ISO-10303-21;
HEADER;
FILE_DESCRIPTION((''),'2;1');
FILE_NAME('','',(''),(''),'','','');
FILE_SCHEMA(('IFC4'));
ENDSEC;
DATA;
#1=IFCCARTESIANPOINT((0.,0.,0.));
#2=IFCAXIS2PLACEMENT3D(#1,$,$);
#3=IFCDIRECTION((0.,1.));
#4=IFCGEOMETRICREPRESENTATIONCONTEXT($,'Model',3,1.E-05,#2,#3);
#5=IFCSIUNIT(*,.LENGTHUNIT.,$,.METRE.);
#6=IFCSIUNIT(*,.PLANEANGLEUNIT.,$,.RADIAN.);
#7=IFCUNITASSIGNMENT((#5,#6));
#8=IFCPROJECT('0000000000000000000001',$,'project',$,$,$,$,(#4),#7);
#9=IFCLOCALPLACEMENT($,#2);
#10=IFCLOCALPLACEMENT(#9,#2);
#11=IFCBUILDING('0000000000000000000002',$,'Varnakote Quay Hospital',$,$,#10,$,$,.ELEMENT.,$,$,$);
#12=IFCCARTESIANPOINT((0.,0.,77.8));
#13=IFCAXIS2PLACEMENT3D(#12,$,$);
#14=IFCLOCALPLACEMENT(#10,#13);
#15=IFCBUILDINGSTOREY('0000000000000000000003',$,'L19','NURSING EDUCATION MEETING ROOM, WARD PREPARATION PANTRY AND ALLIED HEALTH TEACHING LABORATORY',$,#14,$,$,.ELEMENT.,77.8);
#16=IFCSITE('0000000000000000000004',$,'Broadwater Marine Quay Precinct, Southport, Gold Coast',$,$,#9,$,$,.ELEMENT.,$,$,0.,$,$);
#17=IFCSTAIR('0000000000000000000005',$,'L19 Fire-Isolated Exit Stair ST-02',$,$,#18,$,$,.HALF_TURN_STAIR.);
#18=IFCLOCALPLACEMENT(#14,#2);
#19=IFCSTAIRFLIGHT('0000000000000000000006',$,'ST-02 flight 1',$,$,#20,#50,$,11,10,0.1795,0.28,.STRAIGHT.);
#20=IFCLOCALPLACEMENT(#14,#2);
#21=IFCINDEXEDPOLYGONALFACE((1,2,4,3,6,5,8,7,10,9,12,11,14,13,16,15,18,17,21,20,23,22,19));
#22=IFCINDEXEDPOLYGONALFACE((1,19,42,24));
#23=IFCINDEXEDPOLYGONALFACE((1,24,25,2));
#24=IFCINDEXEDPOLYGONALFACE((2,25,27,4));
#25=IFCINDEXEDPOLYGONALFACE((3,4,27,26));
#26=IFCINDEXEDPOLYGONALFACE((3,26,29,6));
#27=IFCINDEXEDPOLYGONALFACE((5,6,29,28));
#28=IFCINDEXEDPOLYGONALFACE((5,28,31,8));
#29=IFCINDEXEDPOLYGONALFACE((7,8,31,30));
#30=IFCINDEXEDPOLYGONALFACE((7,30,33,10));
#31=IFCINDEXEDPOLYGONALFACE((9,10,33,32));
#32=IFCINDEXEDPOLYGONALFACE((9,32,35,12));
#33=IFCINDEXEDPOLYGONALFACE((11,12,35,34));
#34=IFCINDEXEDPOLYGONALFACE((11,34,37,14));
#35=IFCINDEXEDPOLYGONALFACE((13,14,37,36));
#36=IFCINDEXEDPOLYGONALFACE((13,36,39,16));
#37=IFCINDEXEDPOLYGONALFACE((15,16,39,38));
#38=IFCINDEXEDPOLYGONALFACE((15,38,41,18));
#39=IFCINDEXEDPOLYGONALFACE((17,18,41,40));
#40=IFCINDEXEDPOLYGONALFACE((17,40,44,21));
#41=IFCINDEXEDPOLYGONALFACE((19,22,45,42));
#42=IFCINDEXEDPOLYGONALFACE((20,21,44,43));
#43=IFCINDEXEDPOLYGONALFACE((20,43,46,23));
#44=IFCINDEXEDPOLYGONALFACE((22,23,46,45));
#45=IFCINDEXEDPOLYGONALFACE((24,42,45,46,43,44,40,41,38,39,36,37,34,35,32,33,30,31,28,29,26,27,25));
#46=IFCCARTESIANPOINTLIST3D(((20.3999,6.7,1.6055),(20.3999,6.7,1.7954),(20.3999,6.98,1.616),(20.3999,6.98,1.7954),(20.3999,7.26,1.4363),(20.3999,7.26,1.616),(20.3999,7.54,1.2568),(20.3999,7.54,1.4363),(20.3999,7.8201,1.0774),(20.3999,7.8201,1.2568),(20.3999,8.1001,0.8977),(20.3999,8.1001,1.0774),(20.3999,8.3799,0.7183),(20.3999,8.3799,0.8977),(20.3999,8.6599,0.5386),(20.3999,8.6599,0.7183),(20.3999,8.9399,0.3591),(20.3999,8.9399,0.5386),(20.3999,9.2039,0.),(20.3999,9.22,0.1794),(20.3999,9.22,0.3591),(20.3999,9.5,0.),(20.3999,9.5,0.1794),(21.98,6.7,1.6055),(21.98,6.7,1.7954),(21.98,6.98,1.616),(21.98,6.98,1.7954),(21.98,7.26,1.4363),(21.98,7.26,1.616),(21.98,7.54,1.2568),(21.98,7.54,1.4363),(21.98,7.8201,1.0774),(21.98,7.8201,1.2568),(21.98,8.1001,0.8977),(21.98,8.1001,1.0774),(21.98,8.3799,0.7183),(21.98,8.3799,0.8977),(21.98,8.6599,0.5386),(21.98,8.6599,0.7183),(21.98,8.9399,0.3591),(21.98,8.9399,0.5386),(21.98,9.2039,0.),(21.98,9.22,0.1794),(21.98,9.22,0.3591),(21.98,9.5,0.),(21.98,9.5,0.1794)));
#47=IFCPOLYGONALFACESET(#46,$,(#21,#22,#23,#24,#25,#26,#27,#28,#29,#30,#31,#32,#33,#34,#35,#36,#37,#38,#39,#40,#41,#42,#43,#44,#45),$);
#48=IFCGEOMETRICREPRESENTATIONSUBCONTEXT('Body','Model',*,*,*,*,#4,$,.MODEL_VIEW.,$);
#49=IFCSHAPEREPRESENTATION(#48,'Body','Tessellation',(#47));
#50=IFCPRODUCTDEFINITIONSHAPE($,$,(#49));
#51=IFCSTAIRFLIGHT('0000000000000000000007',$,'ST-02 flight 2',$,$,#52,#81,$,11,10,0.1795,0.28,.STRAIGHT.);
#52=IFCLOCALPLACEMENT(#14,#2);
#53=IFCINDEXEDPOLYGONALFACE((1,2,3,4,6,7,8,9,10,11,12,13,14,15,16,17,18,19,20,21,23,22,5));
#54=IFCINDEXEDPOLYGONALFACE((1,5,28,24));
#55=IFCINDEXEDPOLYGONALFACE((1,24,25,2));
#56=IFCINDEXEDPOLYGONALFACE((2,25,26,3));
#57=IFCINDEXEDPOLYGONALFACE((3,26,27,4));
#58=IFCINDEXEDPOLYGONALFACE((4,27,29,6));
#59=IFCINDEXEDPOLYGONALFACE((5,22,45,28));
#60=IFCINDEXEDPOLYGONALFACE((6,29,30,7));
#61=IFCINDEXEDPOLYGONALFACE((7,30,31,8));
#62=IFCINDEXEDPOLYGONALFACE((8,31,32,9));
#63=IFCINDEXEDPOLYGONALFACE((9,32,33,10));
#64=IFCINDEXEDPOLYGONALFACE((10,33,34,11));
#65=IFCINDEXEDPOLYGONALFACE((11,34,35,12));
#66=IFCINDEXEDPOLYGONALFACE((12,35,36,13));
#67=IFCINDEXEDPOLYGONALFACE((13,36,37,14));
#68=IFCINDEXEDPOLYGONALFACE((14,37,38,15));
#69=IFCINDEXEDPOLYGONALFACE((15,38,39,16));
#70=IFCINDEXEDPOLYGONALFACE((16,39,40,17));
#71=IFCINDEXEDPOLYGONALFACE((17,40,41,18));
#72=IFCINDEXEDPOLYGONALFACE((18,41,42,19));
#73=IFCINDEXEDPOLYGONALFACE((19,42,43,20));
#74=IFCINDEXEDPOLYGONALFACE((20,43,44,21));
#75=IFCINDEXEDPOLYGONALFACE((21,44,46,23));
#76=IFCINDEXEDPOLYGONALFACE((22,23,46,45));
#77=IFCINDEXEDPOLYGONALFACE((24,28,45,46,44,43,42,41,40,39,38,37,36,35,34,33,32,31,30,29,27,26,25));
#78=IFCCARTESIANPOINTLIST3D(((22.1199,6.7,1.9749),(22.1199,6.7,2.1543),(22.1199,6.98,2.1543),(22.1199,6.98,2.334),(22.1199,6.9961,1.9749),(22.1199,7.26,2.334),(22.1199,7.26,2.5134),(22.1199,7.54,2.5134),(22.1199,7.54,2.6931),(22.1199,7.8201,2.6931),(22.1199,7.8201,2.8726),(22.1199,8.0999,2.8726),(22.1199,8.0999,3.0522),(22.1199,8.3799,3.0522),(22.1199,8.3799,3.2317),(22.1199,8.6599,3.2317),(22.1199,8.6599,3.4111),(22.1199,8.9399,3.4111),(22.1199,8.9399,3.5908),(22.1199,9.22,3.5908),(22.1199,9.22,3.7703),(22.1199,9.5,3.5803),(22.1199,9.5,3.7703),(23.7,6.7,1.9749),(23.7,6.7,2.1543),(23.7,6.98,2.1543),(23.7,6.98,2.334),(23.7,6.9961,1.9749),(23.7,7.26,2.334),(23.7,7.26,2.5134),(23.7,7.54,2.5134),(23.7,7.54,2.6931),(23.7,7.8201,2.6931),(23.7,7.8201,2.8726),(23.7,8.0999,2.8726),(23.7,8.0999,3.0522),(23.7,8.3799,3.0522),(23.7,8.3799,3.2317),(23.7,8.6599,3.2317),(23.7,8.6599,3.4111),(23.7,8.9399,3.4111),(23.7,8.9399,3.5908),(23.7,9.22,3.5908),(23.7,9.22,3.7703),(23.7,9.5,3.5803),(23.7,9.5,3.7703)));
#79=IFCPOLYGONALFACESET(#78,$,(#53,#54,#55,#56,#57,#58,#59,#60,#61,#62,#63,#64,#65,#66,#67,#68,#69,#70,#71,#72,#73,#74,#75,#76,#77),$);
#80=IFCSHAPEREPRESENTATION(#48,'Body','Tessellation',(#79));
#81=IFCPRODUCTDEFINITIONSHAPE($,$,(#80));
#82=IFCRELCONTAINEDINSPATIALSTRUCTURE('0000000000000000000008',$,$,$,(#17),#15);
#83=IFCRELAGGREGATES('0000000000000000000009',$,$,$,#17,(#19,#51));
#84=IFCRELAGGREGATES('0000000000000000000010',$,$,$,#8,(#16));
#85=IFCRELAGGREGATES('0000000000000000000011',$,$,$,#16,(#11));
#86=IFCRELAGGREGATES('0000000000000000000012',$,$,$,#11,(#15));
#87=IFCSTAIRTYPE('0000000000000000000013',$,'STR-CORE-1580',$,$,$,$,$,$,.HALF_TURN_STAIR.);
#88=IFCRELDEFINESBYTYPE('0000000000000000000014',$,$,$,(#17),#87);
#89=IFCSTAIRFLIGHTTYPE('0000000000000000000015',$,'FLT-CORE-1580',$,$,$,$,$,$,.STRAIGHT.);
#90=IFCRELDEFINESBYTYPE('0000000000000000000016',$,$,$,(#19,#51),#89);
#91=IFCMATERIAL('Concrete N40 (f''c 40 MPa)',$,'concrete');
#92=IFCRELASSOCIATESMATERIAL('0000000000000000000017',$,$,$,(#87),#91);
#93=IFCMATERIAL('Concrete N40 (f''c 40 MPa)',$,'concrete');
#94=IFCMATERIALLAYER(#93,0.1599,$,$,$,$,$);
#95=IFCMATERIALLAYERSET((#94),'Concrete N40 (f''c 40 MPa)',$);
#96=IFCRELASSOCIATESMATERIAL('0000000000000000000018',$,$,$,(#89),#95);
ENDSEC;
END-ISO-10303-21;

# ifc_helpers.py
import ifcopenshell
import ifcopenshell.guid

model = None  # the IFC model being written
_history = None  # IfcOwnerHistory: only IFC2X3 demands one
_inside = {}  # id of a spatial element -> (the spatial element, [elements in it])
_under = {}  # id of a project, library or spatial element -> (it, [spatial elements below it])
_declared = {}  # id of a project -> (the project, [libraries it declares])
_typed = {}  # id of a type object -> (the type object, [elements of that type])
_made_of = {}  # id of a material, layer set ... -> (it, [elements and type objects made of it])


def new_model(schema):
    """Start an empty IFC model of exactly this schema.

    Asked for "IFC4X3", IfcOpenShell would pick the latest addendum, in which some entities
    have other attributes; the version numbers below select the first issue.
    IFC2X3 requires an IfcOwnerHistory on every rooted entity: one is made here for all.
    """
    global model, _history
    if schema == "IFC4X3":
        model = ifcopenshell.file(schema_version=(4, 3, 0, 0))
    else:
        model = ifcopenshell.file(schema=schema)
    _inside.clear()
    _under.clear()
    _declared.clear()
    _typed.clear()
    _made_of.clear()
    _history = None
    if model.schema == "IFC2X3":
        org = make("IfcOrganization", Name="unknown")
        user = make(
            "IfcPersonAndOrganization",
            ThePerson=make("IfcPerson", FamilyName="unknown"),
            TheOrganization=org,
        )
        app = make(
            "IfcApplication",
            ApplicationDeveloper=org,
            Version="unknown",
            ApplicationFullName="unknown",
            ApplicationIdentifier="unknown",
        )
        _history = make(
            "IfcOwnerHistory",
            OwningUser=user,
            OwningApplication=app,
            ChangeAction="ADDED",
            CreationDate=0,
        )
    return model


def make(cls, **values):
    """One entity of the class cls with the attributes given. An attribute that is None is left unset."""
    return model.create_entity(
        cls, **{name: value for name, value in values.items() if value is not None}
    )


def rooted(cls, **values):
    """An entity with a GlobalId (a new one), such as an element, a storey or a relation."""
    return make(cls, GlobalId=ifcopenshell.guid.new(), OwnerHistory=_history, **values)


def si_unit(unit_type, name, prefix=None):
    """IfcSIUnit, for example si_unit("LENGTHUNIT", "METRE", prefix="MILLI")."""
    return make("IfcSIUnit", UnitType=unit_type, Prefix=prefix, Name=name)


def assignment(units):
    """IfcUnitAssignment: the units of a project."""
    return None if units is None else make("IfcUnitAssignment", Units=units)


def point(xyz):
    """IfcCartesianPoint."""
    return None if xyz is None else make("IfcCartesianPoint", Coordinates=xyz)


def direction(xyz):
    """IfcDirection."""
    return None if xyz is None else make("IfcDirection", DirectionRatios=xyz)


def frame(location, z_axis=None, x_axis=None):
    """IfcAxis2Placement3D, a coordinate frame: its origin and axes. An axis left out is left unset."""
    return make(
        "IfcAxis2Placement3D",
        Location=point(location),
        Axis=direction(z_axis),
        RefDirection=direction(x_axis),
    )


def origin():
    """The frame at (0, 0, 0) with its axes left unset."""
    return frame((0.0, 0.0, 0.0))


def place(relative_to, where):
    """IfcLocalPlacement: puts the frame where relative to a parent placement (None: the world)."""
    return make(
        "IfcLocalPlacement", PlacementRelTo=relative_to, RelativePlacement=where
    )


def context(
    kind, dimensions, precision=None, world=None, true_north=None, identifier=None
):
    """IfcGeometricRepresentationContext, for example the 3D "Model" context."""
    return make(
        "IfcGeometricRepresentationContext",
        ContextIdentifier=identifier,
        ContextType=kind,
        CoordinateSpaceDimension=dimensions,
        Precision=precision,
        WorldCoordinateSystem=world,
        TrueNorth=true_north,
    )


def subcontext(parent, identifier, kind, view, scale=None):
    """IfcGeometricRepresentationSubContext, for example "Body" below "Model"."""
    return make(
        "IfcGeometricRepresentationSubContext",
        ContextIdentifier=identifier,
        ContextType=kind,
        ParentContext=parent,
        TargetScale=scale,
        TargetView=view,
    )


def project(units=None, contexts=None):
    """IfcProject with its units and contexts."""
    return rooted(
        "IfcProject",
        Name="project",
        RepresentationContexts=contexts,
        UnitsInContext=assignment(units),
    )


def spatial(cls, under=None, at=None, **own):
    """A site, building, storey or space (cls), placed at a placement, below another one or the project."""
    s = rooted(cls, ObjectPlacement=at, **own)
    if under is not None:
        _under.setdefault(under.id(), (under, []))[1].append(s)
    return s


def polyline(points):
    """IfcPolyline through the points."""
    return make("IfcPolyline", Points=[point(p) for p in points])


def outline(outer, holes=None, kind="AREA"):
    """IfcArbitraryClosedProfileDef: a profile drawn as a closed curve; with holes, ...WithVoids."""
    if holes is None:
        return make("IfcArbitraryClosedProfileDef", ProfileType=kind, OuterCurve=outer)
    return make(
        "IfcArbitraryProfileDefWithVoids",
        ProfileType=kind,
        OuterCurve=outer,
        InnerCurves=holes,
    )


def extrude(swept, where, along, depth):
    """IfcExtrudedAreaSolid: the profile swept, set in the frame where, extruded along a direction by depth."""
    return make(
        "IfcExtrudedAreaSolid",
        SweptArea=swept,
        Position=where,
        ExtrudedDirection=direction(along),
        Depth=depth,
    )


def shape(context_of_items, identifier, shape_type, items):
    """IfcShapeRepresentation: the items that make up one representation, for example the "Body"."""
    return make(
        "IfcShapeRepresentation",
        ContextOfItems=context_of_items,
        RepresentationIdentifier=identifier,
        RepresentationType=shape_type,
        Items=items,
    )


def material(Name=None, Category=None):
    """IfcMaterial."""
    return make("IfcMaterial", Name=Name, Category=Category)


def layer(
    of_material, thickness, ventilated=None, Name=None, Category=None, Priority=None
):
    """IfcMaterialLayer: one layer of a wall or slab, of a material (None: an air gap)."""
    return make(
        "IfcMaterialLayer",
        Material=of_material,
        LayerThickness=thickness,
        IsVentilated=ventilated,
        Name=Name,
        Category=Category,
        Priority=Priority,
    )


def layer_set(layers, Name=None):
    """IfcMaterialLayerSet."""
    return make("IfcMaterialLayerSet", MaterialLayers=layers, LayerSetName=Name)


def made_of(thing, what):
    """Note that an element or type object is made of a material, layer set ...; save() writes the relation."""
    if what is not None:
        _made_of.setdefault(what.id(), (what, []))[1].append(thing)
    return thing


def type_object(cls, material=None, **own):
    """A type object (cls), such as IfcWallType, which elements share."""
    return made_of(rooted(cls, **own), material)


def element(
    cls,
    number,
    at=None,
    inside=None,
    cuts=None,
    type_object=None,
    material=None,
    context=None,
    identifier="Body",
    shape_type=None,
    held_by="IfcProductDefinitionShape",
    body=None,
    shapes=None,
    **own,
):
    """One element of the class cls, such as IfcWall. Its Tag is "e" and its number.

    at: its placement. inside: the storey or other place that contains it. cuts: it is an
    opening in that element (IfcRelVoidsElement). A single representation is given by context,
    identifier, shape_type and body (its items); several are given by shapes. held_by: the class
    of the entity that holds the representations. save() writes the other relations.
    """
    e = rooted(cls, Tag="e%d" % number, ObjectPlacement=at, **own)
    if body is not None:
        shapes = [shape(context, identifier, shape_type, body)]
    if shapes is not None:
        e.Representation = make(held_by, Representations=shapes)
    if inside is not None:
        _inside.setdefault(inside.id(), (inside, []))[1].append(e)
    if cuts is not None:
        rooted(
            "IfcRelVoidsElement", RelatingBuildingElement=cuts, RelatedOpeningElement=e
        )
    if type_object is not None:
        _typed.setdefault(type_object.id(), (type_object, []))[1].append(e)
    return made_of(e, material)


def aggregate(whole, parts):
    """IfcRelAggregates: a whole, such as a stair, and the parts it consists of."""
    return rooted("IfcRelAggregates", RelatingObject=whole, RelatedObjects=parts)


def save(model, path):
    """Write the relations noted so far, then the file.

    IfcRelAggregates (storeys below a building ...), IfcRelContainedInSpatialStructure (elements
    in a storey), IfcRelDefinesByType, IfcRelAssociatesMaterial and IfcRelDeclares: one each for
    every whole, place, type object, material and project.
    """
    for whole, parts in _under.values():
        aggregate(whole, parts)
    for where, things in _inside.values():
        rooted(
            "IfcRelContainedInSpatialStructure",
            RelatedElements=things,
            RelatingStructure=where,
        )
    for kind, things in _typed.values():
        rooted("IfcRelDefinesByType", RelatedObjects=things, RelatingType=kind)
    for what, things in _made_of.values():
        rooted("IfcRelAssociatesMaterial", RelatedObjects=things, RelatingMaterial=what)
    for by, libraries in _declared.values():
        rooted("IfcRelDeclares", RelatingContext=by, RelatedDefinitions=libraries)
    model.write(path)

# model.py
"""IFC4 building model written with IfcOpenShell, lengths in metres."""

from ifc_helpers import new_model, si_unit, direction, frame, origin, place, context, subcontext, project, spatial, polyline, outline, extrude, material, layer, layer_set, type_object, element, aggregate, save


model = new_model("IFC4")

# Units and contexts
model_context = context("Model", 3, precision=1e-05, world=origin(), true_north=direction((0.0, 1.0)))
body_context = subcontext(model_context, "Body", "Model", "MODEL_VIEW")
ifc_project = project(units=[si_unit("LENGTHUNIT", "METRE"), si_unit("PLANEANGLEUNIT", "RADIAN")], contexts=[model_context])

# Site, building, storey
site_placement = place(None, origin())
site = spatial("IfcSite", under=ifc_project, at=site_placement, Name="Broadwater Marine Quay Precinct, Southport, Gold Coast", CompositionType="ELEMENT", RefElevation=0.0)
building_placement = place(site_placement, origin())
building = spatial("IfcBuilding", under=site, at=building_placement, Name="Varnakote Quay Hospital", CompositionType="ELEMENT")
storey_placement = place(building_placement, frame((0.0, 0.0, 77.8)))
storey = spatial("IfcBuildingStorey", under=building, at=storey_placement, Name="L19", Description="NURSING EDUCATION MEETING ROOM, WARD PREPARATION PANTRY AND ALLIED HEALTH TEACHING LABORATORY", CompositionType="ELEMENT", Elevation=77.8)

# Stair, stair flights
ifc_material_1 = material(Name="Concrete N40 (f'c 40 MPa)", Category="concrete")
stair_type = type_object("IfcStairType", Name="STR-CORE-1580", PredefinedType="HALF_TURN_STAIR", material=ifc_material_1)
stair_placement = place(storey_placement, origin())
stair = element("IfcStair", 1, at=stair_placement, inside=storey, type_object=stair_type, Name="L19 Fire-Isolated Exit Stair ST-02", PredefinedType="HALF_TURN_STAIR")
ifc_material_2 = material(Name="Concrete N40 (f'c 40 MPa)", Category="concrete")
ifc_layer_1 = layer(ifc_material_2, 0.1599)
ifc_layer_set_1 = layer_set([ifc_layer_1], Name="Concrete N40 (f'c 40 MPa)")
stair_flight_type = type_object("IfcStairFlightType", Name="FLT-CORE-1580", PredefinedType="STRAIGHT", material=ifc_layer_set_1)
stair_flight_1_placement = place(storey_placement, frame((21.1899, 9.5, 0.0), z_axis=(0.0, 0.0, 1.0), x_axis=(0.0, -1.0, 0.0)))
stair_flight_1 = element("IfcStairFlight", 2, at=stair_flight_1_placement, type_object=stair_flight_type, Name="ST-02 flight 1", NumberOfRisers=11, NumberOfTreads=10, PredefinedType="STRAIGHT", RiserHeight=0.1795, TreadLength=0.28, context=body_context, shape_type="SweptSolid", body=[
    extrude(outline(polyline([(0.0, 0.0), (0.0, 0.1794), (0.28, 0.1794), (0.28, 0.3591), (0.5601, 0.3591), (0.5601, 0.5386), (0.8401, 0.5386), (0.8401, 0.7183), (1.1201, 0.7183), (1.1201, 0.8977), (1.3999, 0.8977), (1.3999, 1.0774), (1.6799, 1.0774), (1.6799, 1.2568), (1.96, 1.2568), (1.96, 1.4363), (2.24, 1.4363), (2.24, 1.616), (2.52, 1.616), (2.52, 1.7954), (2.8, 1.7954), (2.8, 1.9751), (2.8, 1.6055), (0.2961, 0.0), (0.0, 0.0)])), frame((0.0, 0.79, 0.0), z_axis=(0.0, -1.0, 0.0), x_axis=(1.0, 0.0, 0.0)), (0.0, 0.0, 1.0), 1.5801),
])
stair_flight_2_placement = place(storey_placement, frame((22.9099, 6.7, 1.9749), z_axis=(0.0, 0.0, 1.0), x_axis=(0.0, 1.0, 0.0)))
stair_flight_2 = element("IfcStairFlight", 3, at=stair_flight_2_placement, type_object=stair_flight_type, Name="ST-02 flight 2", NumberOfRisers=11, NumberOfTreads=10, PredefinedType="STRAIGHT", RiserHeight=0.1795, TreadLength=0.28, context=body_context, shape_type="SweptSolid", body=[
    extrude(outline(polyline([(0.0, 0.0), (0.0, 0.1794), (0.28, 0.1794), (0.28, 0.3591), (0.5601, 0.3591), (0.5601, 0.5386), (0.8401, 0.5386), (0.8401, 0.7183), (1.1201, 0.7183), (1.1201, 0.8977), (1.3999, 0.8977), (1.3999, 1.0774), (1.6799, 1.0774), (1.6799, 1.2568), (1.96, 1.2568), (1.96, 1.4363), (2.24, 1.4363), (2.24, 1.616), (2.52, 1.616), (2.52, 1.7954), (2.8, 1.7954), (2.8, 1.9751), (2.8, 1.6055), (0.2961, 0.0), (0.0, 0.0)])), frame((0.0, 0.79, 0.0), z_axis=(0.0, -1.0, 0.0), x_axis=(1.0, 0.0, 0.0)), (0.0, 0.0, 1.0), 1.5801),
])
aggregate(stair, [stair_flight_1, stair_flight_2])

save(model, "model.ifc")
